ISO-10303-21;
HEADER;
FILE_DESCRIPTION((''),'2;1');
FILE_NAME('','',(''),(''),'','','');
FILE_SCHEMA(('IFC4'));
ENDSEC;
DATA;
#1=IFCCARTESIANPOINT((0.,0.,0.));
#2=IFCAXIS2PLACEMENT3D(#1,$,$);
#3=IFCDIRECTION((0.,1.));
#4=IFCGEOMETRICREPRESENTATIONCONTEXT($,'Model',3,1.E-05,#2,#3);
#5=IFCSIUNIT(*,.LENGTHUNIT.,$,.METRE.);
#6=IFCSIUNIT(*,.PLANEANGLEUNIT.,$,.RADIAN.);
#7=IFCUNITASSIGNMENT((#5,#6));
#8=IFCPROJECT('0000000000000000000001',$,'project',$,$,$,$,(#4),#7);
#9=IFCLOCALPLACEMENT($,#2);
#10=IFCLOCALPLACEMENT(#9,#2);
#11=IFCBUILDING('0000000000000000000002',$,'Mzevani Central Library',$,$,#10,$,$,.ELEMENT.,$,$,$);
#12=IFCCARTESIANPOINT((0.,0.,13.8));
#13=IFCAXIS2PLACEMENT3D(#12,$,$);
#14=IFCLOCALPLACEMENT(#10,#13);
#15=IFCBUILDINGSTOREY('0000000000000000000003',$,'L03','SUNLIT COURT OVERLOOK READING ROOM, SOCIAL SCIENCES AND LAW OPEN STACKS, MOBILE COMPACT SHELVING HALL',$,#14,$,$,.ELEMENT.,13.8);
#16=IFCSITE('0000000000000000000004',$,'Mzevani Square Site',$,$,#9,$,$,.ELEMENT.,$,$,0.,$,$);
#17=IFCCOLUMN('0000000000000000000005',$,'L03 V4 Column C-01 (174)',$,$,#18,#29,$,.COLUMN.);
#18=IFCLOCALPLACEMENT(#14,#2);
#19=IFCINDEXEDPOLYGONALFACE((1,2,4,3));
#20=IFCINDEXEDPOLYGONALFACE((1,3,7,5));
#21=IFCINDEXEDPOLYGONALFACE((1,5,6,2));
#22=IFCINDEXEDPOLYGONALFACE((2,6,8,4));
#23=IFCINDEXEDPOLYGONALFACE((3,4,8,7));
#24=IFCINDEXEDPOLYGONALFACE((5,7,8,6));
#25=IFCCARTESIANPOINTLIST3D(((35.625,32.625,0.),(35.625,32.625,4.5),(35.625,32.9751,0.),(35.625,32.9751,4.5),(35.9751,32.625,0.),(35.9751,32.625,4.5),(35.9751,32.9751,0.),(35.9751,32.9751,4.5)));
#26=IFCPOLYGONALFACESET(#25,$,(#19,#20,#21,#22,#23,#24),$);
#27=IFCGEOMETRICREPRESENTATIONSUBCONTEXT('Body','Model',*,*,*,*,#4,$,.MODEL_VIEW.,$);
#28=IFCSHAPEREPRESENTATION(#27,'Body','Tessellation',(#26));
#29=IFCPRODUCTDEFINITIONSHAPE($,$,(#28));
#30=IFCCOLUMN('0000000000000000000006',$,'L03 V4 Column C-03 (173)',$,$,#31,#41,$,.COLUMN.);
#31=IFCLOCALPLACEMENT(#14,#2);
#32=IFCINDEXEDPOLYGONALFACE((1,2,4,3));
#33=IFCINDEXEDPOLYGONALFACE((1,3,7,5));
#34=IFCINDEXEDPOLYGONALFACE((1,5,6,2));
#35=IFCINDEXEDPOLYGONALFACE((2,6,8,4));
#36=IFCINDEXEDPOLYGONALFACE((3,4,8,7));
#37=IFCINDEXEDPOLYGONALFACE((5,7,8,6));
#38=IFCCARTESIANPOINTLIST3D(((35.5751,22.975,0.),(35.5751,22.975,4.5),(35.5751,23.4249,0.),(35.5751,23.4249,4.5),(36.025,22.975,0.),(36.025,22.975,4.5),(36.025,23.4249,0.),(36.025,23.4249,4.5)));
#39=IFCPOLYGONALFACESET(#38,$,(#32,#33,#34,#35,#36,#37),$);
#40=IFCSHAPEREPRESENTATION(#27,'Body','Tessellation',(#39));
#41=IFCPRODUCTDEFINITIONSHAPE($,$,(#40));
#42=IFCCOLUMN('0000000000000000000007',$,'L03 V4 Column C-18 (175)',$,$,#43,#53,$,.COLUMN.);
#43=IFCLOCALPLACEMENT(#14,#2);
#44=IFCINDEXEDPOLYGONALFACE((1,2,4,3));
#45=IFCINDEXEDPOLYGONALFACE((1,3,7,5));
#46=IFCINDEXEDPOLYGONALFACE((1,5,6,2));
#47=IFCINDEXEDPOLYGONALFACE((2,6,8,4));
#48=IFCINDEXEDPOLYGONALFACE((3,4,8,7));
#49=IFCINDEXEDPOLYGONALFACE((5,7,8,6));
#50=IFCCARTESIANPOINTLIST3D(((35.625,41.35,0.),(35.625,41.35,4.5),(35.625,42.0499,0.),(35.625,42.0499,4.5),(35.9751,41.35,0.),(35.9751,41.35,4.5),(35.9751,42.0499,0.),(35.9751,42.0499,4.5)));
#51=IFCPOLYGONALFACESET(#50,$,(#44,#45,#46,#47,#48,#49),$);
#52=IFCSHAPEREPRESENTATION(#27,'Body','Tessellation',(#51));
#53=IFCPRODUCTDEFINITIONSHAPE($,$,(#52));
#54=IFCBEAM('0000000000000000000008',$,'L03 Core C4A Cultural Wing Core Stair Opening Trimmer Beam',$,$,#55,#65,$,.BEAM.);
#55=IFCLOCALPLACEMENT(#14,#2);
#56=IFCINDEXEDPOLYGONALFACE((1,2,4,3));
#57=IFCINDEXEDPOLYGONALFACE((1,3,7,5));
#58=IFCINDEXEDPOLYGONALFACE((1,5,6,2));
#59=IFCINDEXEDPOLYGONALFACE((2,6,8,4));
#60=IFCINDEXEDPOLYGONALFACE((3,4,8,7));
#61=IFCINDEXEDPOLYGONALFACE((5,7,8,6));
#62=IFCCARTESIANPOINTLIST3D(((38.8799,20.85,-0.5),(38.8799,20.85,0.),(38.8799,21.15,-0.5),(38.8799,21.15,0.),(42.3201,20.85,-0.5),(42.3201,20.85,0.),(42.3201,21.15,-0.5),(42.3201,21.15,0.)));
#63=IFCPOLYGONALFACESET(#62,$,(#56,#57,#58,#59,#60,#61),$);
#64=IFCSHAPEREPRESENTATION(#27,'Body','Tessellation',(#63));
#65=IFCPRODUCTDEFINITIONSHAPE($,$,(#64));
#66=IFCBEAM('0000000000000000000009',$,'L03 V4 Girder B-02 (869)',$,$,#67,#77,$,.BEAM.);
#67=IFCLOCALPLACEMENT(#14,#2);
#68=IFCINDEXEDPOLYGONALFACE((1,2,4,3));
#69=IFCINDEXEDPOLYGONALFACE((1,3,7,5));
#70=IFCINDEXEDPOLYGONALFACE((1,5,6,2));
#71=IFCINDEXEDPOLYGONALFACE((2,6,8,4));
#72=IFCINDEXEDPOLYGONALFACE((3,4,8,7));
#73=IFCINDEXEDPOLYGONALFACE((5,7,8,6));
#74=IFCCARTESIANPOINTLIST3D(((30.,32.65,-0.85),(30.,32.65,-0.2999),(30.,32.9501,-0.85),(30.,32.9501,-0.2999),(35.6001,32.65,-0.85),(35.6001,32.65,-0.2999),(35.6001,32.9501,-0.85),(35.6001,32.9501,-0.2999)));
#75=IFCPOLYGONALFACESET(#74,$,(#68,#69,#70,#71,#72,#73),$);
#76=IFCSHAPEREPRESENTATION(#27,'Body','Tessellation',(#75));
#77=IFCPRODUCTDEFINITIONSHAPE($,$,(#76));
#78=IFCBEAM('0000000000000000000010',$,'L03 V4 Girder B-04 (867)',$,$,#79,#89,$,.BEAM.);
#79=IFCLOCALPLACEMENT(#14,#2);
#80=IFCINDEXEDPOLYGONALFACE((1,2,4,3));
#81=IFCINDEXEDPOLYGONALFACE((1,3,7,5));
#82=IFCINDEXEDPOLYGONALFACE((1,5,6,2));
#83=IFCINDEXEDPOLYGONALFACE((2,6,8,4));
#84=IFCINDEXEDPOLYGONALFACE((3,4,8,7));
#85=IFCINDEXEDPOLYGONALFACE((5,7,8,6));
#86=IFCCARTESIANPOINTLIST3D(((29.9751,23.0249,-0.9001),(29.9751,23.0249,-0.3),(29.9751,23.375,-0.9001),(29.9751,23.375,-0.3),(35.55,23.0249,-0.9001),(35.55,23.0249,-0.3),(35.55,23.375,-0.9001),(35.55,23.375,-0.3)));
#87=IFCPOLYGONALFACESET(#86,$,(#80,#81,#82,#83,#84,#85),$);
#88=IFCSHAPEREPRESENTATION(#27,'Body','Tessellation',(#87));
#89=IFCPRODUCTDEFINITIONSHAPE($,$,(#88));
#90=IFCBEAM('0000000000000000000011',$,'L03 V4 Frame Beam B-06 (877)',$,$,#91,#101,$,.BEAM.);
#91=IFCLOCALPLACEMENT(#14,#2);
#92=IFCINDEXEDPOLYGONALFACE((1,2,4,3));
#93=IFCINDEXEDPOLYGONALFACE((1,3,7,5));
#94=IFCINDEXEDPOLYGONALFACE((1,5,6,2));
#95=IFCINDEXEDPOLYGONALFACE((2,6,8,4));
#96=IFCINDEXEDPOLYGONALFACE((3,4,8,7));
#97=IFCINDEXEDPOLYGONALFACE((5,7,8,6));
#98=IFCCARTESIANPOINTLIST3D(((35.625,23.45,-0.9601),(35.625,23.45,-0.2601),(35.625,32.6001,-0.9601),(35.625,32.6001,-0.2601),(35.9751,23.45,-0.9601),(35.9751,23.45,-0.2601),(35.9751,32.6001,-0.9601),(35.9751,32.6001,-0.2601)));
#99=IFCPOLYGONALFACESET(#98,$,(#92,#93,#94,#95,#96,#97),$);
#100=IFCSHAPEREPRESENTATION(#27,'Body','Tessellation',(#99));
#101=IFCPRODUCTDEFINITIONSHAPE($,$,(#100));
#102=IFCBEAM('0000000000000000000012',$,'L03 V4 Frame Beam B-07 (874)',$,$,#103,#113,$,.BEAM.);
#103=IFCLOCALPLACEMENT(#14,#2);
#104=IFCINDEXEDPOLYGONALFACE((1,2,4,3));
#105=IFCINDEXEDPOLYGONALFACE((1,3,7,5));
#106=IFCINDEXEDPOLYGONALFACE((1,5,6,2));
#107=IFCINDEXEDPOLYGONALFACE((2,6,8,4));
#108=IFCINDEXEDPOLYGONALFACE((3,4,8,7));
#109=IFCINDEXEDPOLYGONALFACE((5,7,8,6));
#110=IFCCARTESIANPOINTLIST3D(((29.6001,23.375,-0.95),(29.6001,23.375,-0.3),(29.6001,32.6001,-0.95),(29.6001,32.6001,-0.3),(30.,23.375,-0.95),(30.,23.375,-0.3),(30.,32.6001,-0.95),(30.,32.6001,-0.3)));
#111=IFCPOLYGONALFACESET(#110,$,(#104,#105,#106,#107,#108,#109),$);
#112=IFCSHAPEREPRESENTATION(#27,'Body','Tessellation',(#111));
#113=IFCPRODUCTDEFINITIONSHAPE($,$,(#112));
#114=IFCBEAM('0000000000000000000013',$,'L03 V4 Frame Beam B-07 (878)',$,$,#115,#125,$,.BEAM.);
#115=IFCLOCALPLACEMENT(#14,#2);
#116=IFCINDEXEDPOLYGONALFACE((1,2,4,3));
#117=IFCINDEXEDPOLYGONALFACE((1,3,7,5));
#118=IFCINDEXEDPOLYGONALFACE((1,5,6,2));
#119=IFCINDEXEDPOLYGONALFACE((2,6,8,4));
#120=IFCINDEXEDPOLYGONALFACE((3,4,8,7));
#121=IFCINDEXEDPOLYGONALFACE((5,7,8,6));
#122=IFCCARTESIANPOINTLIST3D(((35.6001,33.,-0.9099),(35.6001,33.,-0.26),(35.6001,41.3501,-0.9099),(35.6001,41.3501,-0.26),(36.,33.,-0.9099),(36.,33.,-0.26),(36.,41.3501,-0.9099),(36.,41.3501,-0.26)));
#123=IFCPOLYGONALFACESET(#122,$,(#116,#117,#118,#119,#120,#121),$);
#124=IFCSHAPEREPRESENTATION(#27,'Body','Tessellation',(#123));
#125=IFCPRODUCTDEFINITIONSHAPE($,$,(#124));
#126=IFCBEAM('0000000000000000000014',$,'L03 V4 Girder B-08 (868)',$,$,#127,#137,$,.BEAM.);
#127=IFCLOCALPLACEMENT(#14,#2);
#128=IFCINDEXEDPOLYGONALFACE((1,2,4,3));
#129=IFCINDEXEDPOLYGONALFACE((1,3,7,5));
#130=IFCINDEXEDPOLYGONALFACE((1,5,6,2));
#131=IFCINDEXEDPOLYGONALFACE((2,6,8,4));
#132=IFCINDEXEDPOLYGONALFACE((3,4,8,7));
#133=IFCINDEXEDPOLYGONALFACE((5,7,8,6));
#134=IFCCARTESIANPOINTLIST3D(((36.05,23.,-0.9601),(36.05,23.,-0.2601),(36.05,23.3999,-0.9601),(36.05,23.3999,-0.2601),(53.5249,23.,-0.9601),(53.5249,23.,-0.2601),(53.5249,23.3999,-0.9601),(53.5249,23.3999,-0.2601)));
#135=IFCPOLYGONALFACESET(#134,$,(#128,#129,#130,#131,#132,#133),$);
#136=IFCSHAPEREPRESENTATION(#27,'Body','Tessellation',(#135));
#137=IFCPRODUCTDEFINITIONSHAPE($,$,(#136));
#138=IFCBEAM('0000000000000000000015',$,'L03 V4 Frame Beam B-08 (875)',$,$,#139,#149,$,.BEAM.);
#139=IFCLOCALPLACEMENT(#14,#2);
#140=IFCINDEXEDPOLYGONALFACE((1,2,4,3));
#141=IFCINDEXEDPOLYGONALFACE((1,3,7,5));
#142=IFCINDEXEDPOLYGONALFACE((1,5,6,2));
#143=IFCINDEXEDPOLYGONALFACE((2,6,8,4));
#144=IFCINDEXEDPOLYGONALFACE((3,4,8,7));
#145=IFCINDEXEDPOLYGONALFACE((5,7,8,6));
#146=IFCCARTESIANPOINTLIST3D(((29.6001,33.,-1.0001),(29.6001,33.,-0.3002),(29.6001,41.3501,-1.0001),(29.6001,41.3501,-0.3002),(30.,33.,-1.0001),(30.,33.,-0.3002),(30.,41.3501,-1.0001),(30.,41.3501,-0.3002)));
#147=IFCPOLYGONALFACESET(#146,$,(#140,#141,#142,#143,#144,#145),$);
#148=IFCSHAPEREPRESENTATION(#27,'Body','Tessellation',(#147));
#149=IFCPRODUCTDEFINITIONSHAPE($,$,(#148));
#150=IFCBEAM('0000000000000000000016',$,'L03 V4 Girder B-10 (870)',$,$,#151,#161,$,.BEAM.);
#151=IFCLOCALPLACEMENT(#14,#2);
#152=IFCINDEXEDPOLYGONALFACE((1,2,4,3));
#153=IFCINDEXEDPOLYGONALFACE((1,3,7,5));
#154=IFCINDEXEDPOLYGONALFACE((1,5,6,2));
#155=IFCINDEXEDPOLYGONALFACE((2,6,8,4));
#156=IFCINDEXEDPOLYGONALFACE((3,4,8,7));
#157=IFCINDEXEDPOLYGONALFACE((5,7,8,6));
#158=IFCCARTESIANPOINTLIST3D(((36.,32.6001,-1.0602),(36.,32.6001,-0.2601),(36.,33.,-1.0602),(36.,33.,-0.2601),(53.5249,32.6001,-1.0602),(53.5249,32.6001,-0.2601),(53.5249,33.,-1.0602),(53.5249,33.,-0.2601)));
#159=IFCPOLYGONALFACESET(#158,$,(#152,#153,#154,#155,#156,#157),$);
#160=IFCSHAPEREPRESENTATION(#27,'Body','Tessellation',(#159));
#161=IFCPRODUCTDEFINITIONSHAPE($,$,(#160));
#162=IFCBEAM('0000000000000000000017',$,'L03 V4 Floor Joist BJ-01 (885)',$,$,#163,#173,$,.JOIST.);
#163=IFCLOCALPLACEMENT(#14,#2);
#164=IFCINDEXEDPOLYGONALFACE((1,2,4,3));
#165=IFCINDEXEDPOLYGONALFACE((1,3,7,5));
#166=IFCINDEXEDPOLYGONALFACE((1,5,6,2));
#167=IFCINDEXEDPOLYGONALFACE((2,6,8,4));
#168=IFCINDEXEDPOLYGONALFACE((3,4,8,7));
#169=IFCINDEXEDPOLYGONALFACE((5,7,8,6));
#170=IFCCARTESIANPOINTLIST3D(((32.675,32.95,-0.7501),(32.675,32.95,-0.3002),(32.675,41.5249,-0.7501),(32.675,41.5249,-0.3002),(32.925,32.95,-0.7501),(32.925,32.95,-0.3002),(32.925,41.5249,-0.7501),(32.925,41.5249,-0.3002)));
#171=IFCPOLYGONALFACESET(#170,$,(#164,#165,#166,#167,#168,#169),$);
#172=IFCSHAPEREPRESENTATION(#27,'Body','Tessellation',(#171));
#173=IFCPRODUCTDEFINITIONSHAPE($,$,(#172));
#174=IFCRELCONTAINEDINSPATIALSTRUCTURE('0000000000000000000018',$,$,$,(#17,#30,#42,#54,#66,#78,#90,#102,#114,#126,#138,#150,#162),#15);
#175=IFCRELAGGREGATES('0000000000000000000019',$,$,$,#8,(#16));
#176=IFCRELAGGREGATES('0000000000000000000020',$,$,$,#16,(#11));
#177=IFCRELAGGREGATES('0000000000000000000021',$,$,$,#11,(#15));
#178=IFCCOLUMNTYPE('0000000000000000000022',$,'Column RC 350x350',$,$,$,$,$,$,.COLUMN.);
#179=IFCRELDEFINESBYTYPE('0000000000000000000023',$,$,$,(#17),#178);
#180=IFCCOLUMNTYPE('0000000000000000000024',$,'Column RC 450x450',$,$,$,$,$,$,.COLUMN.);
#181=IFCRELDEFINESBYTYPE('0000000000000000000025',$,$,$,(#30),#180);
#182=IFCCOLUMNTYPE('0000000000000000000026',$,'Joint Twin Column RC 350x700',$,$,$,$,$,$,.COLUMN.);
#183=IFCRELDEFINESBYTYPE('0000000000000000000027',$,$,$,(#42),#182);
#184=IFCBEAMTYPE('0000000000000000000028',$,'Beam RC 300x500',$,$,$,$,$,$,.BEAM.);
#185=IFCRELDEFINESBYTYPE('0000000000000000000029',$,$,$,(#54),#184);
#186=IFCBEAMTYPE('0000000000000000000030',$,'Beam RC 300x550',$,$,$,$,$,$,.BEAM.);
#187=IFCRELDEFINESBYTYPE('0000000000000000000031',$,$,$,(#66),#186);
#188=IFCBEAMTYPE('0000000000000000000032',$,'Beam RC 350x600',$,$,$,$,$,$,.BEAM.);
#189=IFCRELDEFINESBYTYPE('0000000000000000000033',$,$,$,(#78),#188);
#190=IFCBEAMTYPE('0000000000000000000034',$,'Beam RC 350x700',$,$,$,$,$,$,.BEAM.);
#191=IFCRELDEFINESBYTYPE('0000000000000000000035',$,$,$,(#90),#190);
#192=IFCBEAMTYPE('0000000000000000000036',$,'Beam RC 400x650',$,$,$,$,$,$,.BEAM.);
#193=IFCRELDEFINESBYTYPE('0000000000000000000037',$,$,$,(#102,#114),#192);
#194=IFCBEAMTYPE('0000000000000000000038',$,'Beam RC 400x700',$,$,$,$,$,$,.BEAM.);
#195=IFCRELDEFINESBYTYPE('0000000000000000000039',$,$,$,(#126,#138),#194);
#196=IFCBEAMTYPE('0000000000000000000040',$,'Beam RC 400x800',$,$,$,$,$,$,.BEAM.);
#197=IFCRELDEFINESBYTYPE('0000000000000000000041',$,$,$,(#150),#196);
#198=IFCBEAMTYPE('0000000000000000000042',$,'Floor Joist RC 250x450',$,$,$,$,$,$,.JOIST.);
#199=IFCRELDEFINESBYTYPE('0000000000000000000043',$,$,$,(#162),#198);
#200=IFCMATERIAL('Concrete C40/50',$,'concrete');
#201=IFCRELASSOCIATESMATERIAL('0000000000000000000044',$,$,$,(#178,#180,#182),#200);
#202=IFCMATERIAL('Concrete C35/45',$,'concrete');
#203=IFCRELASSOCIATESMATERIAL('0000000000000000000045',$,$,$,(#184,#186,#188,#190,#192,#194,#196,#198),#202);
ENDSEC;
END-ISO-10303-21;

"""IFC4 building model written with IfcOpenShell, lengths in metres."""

from ifc_helpers import new_model, si_unit, direction, frame, origin, origin_2d, place, context, subcontext, project, spatial, rectangle, extrude, material, material_profile, profile_set, type_object, element, save


model = new_model("IFC4")

# Units and contexts
model_context = context("Model", 3, precision=1e-05, world=origin(), true_north=direction((0.0, 1.0)))
body_context = subcontext(model_context, "Body", "Model", "MODEL_VIEW")
ifc_project = project(units=[si_unit("LENGTHUNIT", "METRE"), si_unit("PLANEANGLEUNIT", "RADIAN")], contexts=[model_context])

# Site, building, storey
site_placement = place(None, origin())
site = spatial("IfcSite", under=ifc_project, at=site_placement, Name="Mzevani Square Site", CompositionType="ELEMENT", RefElevation=0.0)
building_placement = place(site_placement, origin())
building = spatial("IfcBuilding", under=site, at=building_placement, Name="Mzevani Central Library", CompositionType="ELEMENT")
storey_placement = place(building_placement, frame((0.0, 0.0, 13.8)))
storey = spatial("IfcBuildingStorey", under=building, at=storey_placement, Name="L03", Description="SUNLIT COURT OVERLOOK READING ROOM, SOCIAL SCIENCES AND LAW OPEN STACKS, MOBILE COMPACT SHELVING HALL", CompositionType="ELEMENT", Elevation=13.8)

# Columns
ifc_material_1 = material(Name="Concrete C40/50", Category="concrete")
ifc_material_profile_1 = material_profile(ifc_material_1, rectangle(XDim=0.3501, YDim=0.3501, at=origin_2d()), Name="RC 350x350")
ifc_profile_set_1 = profile_set([ifc_material_profile_1], Name="Concrete C40/50")
column_type_1 = type_object("IfcColumnType", Name="Column RC 350x350", PredefinedType="COLUMN", material=ifc_profile_set_1)
column_1_placement = place(storey_placement, frame((35.8, 32.8, 0.0), z_axis=(0.0, 0.0, 1.0), x_axis=(1.0, 0.0, 0.0)))
element("IfcColumn", 1, at=column_1_placement, inside=storey, type_object=column_type_1, Name="L03 V4 Column C-01 (174)", PredefinedType="COLUMN", context=body_context, shape_type="SweptSolid", body=[
    extrude(rectangle(XDim=0.3501, YDim=0.3501, at=origin_2d()), origin(), (0.0, 0.0, 1.0), 4.5),
])
ifc_material_profile_2 = material_profile(ifc_material_1, rectangle(XDim=0.45, YDim=0.45, at=origin_2d()), Name="RC 450x450")
ifc_profile_set_2 = profile_set([ifc_material_profile_2], Name="Concrete C40/50")
column_type_2 = type_object("IfcColumnType", Name="Column RC 450x450", PredefinedType="COLUMN", material=ifc_profile_set_2)
column_2_placement = place(storey_placement, frame((35.8, 23.2, 0.0), z_axis=(0.0, 0.0, 1.0), x_axis=(1.0, 0.0, 0.0)))
element("IfcColumn", 2, at=column_2_placement, inside=storey, type_object=column_type_2, Name="L03 V4 Column C-03 (173)", PredefinedType="COLUMN", context=body_context, shape_type="SweptSolid", body=[
    extrude(rectangle(XDim=0.45, YDim=0.45, at=origin_2d()), origin(), (0.0, 0.0, 1.0), 4.5),
])
ifc_material_profile_3 = material_profile(ifc_material_1, rectangle(XDim=0.3501, YDim=0.7, at=origin_2d()), Name="RC 350x700")
ifc_profile_set_3 = profile_set([ifc_material_profile_3], Name="Concrete C40/50")
column_type_3 = type_object("IfcColumnType", Name="Joint Twin Column RC 350x700", PredefinedType="COLUMN", material=ifc_profile_set_3)
column_3_placement = place(storey_placement, frame((35.8, 41.7, 0.0), z_axis=(0.0, 0.0, 1.0), x_axis=(1.0, 0.0, 0.0)))
element("IfcColumn", 3, at=column_3_placement, inside=storey, type_object=column_type_3, Name="L03 V4 Column C-18 (175)", PredefinedType="COLUMN", context=body_context, shape_type="SweptSolid", body=[
    extrude(rectangle(XDim=0.3501, YDim=0.7, at=origin_2d()), origin(), (0.0, 0.0, 1.0), 4.5),
])

# Beams
ifc_material_2 = material(Name="Concrete C35/45", Category="concrete")
ifc_material_profile_4 = material_profile(ifc_material_2, rectangle(XDim=0.3, YDim=0.5, at=origin_2d()), Name="RC B300x500")
ifc_profile_set_4 = profile_set([ifc_material_profile_4], Name="Concrete C35/45")
beam_type_1 = type_object("IfcBeamType", Name="Beam RC 300x500", PredefinedType="BEAM", material=ifc_profile_set_4)
beam_1_placement = place(storey_placement, frame((38.8799, 21.0, -0.25), z_axis=(1.0, 0.0, 0.0), x_axis=(0.0, 1.0, 0.0)))
element("IfcBeam", 4, at=beam_1_placement, inside=storey, type_object=beam_type_1, Name="L03 Core C4A Cultural Wing Core Stair Opening Trimmer Beam", PredefinedType="BEAM", context=body_context, shape_type="SweptSolid", body=[
    extrude(rectangle(XDim=0.3, YDim=0.5, at=origin_2d()), origin(), (0.0, 0.0, 1.0), 3.4402),
])
ifc_material_profile_5 = material_profile(ifc_material_2, rectangle(XDim=0.3, YDim=0.55, at=origin_2d()), Name="RC B300x550")
ifc_profile_set_5 = profile_set([ifc_material_profile_5], Name="Concrete C35/45")
beam_type_2 = type_object("IfcBeamType", Name="Beam RC 300x550", PredefinedType="BEAM", material=ifc_profile_set_5)
beam_2_placement = place(storey_placement, frame((30.0, 32.8, -0.575), z_axis=(1.0, 0.0, 0.0), x_axis=(0.0, 1.0, 0.0)))
element("IfcBeam", 5, at=beam_2_placement, inside=storey, type_object=beam_type_2, Name="L03 V4 Girder B-02 (869)", PredefinedType="BEAM", context=body_context, shape_type="SweptSolid", body=[
    extrude(rectangle(XDim=0.3, YDim=0.55, at=origin_2d()), origin(), (0.0, 0.0, 1.0), 5.6001),
])
ifc_material_profile_6 = material_profile(ifc_material_2, rectangle(XDim=0.3501, YDim=0.6001, at=origin_2d()), Name="RC B350x600")
ifc_profile_set_6 = profile_set([ifc_material_profile_6], Name="Concrete C35/45")
beam_type_3 = type_object("IfcBeamType", Name="Beam RC 350x600", PredefinedType="BEAM", material=ifc_profile_set_6)
beam_3_placement = place(storey_placement, frame((29.9751, 23.2, -0.6001), z_axis=(1.0, 0.0, 0.0), x_axis=(0.0, 1.0, 0.0)))
element("IfcBeam", 6, at=beam_3_placement, inside=storey, type_object=beam_type_3, Name="L03 V4 Girder B-04 (867)", PredefinedType="BEAM", context=body_context, shape_type="SweptSolid", body=[
    extrude(rectangle(XDim=0.3501, YDim=0.6001, at=origin_2d()), origin(), (0.0, 0.0, 1.0), 5.575),
])
ifc_material_profile_7 = material_profile(ifc_material_2, rectangle(XDim=0.3501, YDim=0.7, at=origin_2d()), Name="RC B350x700")
ifc_profile_set_7 = profile_set([ifc_material_profile_7], Name="Concrete C35/45")
beam_type_4 = type_object("IfcBeamType", Name="Beam RC 350x700", PredefinedType="BEAM", material=ifc_profile_set_7)
beam_4_placement = place(storey_placement, frame((35.8, 23.45, -0.6101), z_axis=(0.0, 1.0, 0.0), x_axis=(-1.0, 0.0, 0.0)))
element("IfcBeam", 7, at=beam_4_placement, inside=storey, type_object=beam_type_4, Name="L03 V4 Frame Beam B-06 (877)", PredefinedType="BEAM", context=body_context, shape_type="SweptSolid", body=[
    extrude(rectangle(XDim=0.3501, YDim=0.7, at=origin_2d()), origin(), (0.0, 0.0, 1.0), 9.1501),
])
ifc_material_profile_8 = material_profile(ifc_material_2, rectangle(XDim=0.3999, YDim=0.6499, at=origin_2d()), Name="RC B400x650")
ifc_profile_set_8 = profile_set([ifc_material_profile_8], Name="Concrete C35/45")
beam_type_5 = type_object("IfcBeamType", Name="Beam RC 400x650", PredefinedType="BEAM", material=ifc_profile_set_8)
beam_5_placement = place(storey_placement, frame((29.8, 23.375, -0.625), z_axis=(0.0, 1.0, 0.0), x_axis=(-1.0, 0.0, 0.0)))
element("IfcBeam", 8, at=beam_5_placement, inside=storey, type_object=beam_type_5, Name="L03 V4 Frame Beam B-07 (874)", PredefinedType="BEAM", context=body_context, shape_type="SweptSolid", body=[
    extrude(rectangle(XDim=0.3999, YDim=0.6499, at=origin_2d()), origin(), (0.0, 0.0, 1.0), 9.2251),
])
beam_6_placement = place(storey_placement, frame((35.8, 33.0, -0.585), z_axis=(0.0, 1.0, 0.0), x_axis=(-1.0, 0.0, 0.0)))
element("IfcBeam", 9, at=beam_6_placement, inside=storey, type_object=beam_type_5, Name="L03 V4 Frame Beam B-07 (878)", PredefinedType="BEAM", context=body_context, shape_type="SweptSolid", body=[
    extrude(rectangle(XDim=0.3999, YDim=0.6499, at=origin_2d()), origin(), (0.0, 0.0, 1.0), 8.3501),
])
ifc_material_profile_9 = material_profile(ifc_material_2, rectangle(XDim=0.3999, YDim=0.7, at=origin_2d()), Name="RC B400x700")
ifc_profile_set_9 = profile_set([ifc_material_profile_9], Name="Concrete C35/45")
beam_type_6 = type_object("IfcBeamType", Name="Beam RC 400x700", PredefinedType="BEAM", material=ifc_profile_set_9)
beam_7_placement = place(storey_placement, frame((36.05, 23.2, -0.6101), z_axis=(1.0, 0.0, 0.0), x_axis=(0.0, 1.0, 0.0)))
element("IfcBeam", 10, at=beam_7_placement, inside=storey, type_object=beam_type_6, Name="L03 V4 Girder B-08 (868)", PredefinedType="BEAM", context=body_context, shape_type="SweptSolid", body=[
    extrude(rectangle(XDim=0.3999, YDim=0.7, at=origin_2d()), origin(), (0.0, 0.0, 1.0), 17.4749),
])
beam_8_placement = place(storey_placement, frame((29.8, 33.0, -0.6501), z_axis=(0.0, 1.0, 0.0), x_axis=(-1.0, 0.0, 0.0)))
element("IfcBeam", 11, at=beam_8_placement, inside=storey, type_object=beam_type_6, Name="L03 V4 Frame Beam B-08 (875)", PredefinedType="BEAM", context=body_context, shape_type="SweptSolid", body=[
    extrude(rectangle(XDim=0.3999, YDim=0.7, at=origin_2d()), origin(), (0.0, 0.0, 1.0), 8.3501),
])
ifc_material_profile_10 = material_profile(ifc_material_2, rectangle(XDim=0.3999, YDim=0.8, at=origin_2d()), Name="RC B400x800")
ifc_profile_set_10 = profile_set([ifc_material_profile_10], Name="Concrete C35/45")
beam_type_7 = type_object("IfcBeamType", Name="Beam RC 400x800", PredefinedType="BEAM", material=ifc_profile_set_10)
beam_9_placement = place(storey_placement, frame((36.0, 32.8, -0.6602), z_axis=(1.0, 0.0, 0.0), x_axis=(0.0, 1.0, 0.0)))
element("IfcBeam", 12, at=beam_9_placement, inside=storey, type_object=beam_type_7, Name="L03 V4 Girder B-10 (870)", PredefinedType="BEAM", context=body_context, shape_type="SweptSolid", body=[
    extrude(rectangle(XDim=0.3999, YDim=0.8, at=origin_2d()), origin(), (0.0, 0.0, 1.0), 17.5249),
])
ifc_material_profile_11 = material_profile(ifc_material_2, rectangle(XDim=0.25, YDim=0.45, at=origin_2d()), Name="RC J250x450")
ifc_profile_set_11 = profile_set([ifc_material_profile_11], Name="Concrete C35/45")
beam_type_8 = type_object("IfcBeamType", Name="Floor Joist RC 250x450", PredefinedType="JOIST", material=ifc_profile_set_11)
beam_10_placement = place(storey_placement, frame((32.8, 32.95, -0.5251), z_axis=(0.0, 1.0, 0.0), x_axis=(-1.0, 0.0, 0.0)))
element("IfcBeam", 13, at=beam_10_placement, inside=storey, type_object=beam_type_8, Name="L03 V4 Floor Joist BJ-01 (885)", PredefinedType="JOIST", context=body_context, shape_type="SweptSolid", body=[
    extrude(rectangle(XDim=0.25, YDim=0.45, at=origin_2d()), origin(), (0.0, 0.0, 1.0), 8.575),
])

save(model, "model.ifc")
